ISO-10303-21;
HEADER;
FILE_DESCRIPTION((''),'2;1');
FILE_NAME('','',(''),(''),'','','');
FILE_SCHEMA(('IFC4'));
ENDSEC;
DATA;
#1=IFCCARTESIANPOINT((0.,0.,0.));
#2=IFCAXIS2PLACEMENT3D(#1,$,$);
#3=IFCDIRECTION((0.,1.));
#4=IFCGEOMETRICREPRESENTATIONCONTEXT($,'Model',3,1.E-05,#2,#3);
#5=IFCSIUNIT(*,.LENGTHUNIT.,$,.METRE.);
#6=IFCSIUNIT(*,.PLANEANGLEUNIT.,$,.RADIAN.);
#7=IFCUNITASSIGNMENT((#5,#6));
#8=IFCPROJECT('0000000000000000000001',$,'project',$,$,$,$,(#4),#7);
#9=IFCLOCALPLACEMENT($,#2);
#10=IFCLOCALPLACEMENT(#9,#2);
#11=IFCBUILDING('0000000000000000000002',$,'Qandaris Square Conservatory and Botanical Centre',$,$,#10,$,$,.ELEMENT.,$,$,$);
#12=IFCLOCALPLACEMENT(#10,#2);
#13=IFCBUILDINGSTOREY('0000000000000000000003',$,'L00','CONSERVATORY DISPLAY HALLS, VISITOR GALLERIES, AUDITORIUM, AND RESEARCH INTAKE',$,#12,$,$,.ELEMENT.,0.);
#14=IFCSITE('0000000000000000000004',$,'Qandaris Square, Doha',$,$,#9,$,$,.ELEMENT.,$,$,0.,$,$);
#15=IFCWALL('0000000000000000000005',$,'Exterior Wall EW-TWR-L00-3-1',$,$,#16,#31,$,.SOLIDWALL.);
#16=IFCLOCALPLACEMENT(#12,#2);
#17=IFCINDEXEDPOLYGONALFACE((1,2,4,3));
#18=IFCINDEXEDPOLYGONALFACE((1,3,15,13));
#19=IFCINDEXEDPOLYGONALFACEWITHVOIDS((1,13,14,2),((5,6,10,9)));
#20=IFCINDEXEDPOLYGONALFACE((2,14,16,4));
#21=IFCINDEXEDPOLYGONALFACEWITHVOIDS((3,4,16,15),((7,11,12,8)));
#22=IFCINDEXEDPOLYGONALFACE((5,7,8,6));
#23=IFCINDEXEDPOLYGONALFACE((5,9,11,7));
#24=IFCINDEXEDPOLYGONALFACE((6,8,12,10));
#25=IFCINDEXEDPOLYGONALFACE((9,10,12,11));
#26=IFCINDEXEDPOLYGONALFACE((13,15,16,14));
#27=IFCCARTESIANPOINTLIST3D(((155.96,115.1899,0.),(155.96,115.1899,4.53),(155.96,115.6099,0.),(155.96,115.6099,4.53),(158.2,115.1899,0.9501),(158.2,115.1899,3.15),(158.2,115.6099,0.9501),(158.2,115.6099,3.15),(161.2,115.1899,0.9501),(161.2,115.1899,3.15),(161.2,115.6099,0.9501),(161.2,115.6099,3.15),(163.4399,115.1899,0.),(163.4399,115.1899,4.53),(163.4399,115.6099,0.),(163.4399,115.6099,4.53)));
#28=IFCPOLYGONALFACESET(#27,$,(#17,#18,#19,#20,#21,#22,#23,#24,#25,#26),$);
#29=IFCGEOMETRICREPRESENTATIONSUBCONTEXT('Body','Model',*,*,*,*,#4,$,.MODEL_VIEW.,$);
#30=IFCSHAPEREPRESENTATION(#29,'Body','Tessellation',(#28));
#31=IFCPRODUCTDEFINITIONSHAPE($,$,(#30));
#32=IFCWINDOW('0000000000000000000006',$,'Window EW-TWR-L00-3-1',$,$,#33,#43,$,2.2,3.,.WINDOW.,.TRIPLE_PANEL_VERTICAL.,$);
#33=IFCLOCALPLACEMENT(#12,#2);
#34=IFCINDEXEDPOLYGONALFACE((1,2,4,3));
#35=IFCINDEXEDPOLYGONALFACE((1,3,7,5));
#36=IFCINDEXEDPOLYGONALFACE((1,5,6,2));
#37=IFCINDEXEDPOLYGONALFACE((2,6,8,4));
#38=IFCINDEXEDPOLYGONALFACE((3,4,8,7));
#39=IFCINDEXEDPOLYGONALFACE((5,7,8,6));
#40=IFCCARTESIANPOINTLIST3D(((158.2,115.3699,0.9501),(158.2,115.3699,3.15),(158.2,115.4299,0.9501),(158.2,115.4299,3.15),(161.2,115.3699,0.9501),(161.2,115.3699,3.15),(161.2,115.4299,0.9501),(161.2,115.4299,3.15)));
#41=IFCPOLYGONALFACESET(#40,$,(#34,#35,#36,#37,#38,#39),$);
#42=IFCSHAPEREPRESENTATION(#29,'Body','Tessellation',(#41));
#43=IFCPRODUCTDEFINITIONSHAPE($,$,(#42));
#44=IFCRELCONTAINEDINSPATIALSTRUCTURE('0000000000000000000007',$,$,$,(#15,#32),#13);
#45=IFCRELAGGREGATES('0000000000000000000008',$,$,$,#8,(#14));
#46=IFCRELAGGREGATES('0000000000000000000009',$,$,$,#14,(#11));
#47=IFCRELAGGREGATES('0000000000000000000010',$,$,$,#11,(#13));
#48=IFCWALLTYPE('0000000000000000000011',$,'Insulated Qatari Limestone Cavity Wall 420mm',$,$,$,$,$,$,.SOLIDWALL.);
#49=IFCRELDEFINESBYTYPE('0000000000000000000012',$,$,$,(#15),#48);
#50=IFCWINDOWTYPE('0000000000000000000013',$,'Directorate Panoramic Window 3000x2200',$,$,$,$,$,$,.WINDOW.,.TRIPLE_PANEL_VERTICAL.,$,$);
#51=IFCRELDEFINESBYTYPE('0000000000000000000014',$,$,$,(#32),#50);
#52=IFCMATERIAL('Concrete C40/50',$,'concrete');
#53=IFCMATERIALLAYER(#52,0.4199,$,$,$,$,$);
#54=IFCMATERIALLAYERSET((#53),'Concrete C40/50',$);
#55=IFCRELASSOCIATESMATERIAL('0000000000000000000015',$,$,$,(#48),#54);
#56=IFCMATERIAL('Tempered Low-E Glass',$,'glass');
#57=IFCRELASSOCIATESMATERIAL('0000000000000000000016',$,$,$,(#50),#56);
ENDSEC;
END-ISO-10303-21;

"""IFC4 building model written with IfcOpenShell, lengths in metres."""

from ifc_helpers import new_model, si_unit, direction, frame, frame_2d, origin, place, context, subcontext, project, spatial, rectangle, extrude, material, layer, layer_set, type_object, element, fill, save


model = new_model("IFC4")

# Units and contexts
model_context = context("Model", 3, precision=1e-05, world=origin(), true_north=direction((0.0, 1.0)))
body_context = subcontext(model_context, "Body", "Model", "MODEL_VIEW")
ifc_project = project(units=[si_unit("LENGTHUNIT", "METRE"), si_unit("PLANEANGLEUNIT", "RADIAN")], contexts=[model_context])

# Site, building, storey
site_placement = place(None, origin())
site = spatial("IfcSite", under=ifc_project, at=site_placement, Name="Qandaris Square, Doha", CompositionType="ELEMENT", RefElevation=0.0)
building_placement = place(site_placement, origin())
building = spatial("IfcBuilding", under=site, at=building_placement, Name="Qandaris Square Conservatory and Botanical Centre", CompositionType="ELEMENT")
storey_placement = place(building_placement, origin())
storey = spatial("IfcBuildingStorey", under=building, at=storey_placement, Name="L00", Description="CONSERVATORY DISPLAY HALLS, VISITOR GALLERIES, AUDITORIUM, AND RESEARCH INTAKE", CompositionType="ELEMENT", Elevation=0.0)

# Shared definitions
ifc_material_1 = material(Name="Concrete C40/50", Category="concrete")

# Wall, opening, window
ifc_layer = layer(ifc_material_1, 0.4199)
ifc_layer_set = layer_set([ifc_layer], Name="Concrete C40/50")
wall_type = type_object("IfcWallType", Name="Insulated Qatari Limestone Cavity Wall 420mm", PredefinedType="SOLIDWALL", material=ifc_layer_set)
ifc_material_2 = material(Name="Tempered Low-E Glass", Category="glass")
wall_1_placement = place(storey_placement, frame((163.4399, 115.3999, 0.0), z_axis=(0.0, 0.0, 1.0), x_axis=(-1.0, 0.0, 0.0)))
wall_1 = element("IfcWall", 1, at=wall_1_placement, inside=storey, type_object=wall_type, Name="Exterior Wall EW-TWR-L00-3-1", PredefinedType="SOLIDWALL", context=body_context, shape_type="SweptSolid", body=[
    extrude(rectangle(XDim=7.48, YDim=0.4199, at=frame_2d((3.74, 0.0))), origin(), (0.0, 0.0, 1.0), 4.53),
])
opening_1_placement = place(wall_1_placement, frame((2.24, 0.0, 0.95)))
opening_1 = element("IfcOpeningElement", 2, at=opening_1_placement, cuts=wall_1, PredefinedType="OPENING", context=body_context, shape_type="SweptSolid", body=[
    extrude(rectangle(XDim=3.0, YDim=2.2, at=frame_2d((1.5, 1.1001))), frame((0.0, 0.2219, 0.0), z_axis=(0.0, -1.0, 0.0), x_axis=(1.0, 0.0, 0.0)), (0.0, 0.0, 1.0), 0.4438),
])
window_type_1 = type_object("IfcWindowType", Name="Directorate Panoramic Window 3000x2200", PartitioningType="TRIPLE_PANEL_VERTICAL", PredefinedType="WINDOW", material=ifc_material_2)
window_1_placement = place(opening_1_placement, origin())
window_1 = element("IfcWindow", 3, at=window_1_placement, inside=storey, type_object=window_type_1, Name="Window EW-TWR-L00-3-1", OverallHeight=2.2, OverallWidth=3.0, PartitioningType="TRIPLE_PANEL_VERTICAL", PredefinedType="WINDOW", context=body_context, shape_type="SweptSolid", body=[
    extrude(rectangle(XDim=3.0, YDim=2.2, at=frame_2d((1.5, 1.1001))), frame((0.0, 0.03, 0.0), z_axis=(0.0, -1.0, 0.0), x_axis=(1.0, 0.0, 0.0)), (0.0, 0.0, 1.0), 0.0601),
])
fill(opening_1, window_1)

save(model, "model.ifc")
